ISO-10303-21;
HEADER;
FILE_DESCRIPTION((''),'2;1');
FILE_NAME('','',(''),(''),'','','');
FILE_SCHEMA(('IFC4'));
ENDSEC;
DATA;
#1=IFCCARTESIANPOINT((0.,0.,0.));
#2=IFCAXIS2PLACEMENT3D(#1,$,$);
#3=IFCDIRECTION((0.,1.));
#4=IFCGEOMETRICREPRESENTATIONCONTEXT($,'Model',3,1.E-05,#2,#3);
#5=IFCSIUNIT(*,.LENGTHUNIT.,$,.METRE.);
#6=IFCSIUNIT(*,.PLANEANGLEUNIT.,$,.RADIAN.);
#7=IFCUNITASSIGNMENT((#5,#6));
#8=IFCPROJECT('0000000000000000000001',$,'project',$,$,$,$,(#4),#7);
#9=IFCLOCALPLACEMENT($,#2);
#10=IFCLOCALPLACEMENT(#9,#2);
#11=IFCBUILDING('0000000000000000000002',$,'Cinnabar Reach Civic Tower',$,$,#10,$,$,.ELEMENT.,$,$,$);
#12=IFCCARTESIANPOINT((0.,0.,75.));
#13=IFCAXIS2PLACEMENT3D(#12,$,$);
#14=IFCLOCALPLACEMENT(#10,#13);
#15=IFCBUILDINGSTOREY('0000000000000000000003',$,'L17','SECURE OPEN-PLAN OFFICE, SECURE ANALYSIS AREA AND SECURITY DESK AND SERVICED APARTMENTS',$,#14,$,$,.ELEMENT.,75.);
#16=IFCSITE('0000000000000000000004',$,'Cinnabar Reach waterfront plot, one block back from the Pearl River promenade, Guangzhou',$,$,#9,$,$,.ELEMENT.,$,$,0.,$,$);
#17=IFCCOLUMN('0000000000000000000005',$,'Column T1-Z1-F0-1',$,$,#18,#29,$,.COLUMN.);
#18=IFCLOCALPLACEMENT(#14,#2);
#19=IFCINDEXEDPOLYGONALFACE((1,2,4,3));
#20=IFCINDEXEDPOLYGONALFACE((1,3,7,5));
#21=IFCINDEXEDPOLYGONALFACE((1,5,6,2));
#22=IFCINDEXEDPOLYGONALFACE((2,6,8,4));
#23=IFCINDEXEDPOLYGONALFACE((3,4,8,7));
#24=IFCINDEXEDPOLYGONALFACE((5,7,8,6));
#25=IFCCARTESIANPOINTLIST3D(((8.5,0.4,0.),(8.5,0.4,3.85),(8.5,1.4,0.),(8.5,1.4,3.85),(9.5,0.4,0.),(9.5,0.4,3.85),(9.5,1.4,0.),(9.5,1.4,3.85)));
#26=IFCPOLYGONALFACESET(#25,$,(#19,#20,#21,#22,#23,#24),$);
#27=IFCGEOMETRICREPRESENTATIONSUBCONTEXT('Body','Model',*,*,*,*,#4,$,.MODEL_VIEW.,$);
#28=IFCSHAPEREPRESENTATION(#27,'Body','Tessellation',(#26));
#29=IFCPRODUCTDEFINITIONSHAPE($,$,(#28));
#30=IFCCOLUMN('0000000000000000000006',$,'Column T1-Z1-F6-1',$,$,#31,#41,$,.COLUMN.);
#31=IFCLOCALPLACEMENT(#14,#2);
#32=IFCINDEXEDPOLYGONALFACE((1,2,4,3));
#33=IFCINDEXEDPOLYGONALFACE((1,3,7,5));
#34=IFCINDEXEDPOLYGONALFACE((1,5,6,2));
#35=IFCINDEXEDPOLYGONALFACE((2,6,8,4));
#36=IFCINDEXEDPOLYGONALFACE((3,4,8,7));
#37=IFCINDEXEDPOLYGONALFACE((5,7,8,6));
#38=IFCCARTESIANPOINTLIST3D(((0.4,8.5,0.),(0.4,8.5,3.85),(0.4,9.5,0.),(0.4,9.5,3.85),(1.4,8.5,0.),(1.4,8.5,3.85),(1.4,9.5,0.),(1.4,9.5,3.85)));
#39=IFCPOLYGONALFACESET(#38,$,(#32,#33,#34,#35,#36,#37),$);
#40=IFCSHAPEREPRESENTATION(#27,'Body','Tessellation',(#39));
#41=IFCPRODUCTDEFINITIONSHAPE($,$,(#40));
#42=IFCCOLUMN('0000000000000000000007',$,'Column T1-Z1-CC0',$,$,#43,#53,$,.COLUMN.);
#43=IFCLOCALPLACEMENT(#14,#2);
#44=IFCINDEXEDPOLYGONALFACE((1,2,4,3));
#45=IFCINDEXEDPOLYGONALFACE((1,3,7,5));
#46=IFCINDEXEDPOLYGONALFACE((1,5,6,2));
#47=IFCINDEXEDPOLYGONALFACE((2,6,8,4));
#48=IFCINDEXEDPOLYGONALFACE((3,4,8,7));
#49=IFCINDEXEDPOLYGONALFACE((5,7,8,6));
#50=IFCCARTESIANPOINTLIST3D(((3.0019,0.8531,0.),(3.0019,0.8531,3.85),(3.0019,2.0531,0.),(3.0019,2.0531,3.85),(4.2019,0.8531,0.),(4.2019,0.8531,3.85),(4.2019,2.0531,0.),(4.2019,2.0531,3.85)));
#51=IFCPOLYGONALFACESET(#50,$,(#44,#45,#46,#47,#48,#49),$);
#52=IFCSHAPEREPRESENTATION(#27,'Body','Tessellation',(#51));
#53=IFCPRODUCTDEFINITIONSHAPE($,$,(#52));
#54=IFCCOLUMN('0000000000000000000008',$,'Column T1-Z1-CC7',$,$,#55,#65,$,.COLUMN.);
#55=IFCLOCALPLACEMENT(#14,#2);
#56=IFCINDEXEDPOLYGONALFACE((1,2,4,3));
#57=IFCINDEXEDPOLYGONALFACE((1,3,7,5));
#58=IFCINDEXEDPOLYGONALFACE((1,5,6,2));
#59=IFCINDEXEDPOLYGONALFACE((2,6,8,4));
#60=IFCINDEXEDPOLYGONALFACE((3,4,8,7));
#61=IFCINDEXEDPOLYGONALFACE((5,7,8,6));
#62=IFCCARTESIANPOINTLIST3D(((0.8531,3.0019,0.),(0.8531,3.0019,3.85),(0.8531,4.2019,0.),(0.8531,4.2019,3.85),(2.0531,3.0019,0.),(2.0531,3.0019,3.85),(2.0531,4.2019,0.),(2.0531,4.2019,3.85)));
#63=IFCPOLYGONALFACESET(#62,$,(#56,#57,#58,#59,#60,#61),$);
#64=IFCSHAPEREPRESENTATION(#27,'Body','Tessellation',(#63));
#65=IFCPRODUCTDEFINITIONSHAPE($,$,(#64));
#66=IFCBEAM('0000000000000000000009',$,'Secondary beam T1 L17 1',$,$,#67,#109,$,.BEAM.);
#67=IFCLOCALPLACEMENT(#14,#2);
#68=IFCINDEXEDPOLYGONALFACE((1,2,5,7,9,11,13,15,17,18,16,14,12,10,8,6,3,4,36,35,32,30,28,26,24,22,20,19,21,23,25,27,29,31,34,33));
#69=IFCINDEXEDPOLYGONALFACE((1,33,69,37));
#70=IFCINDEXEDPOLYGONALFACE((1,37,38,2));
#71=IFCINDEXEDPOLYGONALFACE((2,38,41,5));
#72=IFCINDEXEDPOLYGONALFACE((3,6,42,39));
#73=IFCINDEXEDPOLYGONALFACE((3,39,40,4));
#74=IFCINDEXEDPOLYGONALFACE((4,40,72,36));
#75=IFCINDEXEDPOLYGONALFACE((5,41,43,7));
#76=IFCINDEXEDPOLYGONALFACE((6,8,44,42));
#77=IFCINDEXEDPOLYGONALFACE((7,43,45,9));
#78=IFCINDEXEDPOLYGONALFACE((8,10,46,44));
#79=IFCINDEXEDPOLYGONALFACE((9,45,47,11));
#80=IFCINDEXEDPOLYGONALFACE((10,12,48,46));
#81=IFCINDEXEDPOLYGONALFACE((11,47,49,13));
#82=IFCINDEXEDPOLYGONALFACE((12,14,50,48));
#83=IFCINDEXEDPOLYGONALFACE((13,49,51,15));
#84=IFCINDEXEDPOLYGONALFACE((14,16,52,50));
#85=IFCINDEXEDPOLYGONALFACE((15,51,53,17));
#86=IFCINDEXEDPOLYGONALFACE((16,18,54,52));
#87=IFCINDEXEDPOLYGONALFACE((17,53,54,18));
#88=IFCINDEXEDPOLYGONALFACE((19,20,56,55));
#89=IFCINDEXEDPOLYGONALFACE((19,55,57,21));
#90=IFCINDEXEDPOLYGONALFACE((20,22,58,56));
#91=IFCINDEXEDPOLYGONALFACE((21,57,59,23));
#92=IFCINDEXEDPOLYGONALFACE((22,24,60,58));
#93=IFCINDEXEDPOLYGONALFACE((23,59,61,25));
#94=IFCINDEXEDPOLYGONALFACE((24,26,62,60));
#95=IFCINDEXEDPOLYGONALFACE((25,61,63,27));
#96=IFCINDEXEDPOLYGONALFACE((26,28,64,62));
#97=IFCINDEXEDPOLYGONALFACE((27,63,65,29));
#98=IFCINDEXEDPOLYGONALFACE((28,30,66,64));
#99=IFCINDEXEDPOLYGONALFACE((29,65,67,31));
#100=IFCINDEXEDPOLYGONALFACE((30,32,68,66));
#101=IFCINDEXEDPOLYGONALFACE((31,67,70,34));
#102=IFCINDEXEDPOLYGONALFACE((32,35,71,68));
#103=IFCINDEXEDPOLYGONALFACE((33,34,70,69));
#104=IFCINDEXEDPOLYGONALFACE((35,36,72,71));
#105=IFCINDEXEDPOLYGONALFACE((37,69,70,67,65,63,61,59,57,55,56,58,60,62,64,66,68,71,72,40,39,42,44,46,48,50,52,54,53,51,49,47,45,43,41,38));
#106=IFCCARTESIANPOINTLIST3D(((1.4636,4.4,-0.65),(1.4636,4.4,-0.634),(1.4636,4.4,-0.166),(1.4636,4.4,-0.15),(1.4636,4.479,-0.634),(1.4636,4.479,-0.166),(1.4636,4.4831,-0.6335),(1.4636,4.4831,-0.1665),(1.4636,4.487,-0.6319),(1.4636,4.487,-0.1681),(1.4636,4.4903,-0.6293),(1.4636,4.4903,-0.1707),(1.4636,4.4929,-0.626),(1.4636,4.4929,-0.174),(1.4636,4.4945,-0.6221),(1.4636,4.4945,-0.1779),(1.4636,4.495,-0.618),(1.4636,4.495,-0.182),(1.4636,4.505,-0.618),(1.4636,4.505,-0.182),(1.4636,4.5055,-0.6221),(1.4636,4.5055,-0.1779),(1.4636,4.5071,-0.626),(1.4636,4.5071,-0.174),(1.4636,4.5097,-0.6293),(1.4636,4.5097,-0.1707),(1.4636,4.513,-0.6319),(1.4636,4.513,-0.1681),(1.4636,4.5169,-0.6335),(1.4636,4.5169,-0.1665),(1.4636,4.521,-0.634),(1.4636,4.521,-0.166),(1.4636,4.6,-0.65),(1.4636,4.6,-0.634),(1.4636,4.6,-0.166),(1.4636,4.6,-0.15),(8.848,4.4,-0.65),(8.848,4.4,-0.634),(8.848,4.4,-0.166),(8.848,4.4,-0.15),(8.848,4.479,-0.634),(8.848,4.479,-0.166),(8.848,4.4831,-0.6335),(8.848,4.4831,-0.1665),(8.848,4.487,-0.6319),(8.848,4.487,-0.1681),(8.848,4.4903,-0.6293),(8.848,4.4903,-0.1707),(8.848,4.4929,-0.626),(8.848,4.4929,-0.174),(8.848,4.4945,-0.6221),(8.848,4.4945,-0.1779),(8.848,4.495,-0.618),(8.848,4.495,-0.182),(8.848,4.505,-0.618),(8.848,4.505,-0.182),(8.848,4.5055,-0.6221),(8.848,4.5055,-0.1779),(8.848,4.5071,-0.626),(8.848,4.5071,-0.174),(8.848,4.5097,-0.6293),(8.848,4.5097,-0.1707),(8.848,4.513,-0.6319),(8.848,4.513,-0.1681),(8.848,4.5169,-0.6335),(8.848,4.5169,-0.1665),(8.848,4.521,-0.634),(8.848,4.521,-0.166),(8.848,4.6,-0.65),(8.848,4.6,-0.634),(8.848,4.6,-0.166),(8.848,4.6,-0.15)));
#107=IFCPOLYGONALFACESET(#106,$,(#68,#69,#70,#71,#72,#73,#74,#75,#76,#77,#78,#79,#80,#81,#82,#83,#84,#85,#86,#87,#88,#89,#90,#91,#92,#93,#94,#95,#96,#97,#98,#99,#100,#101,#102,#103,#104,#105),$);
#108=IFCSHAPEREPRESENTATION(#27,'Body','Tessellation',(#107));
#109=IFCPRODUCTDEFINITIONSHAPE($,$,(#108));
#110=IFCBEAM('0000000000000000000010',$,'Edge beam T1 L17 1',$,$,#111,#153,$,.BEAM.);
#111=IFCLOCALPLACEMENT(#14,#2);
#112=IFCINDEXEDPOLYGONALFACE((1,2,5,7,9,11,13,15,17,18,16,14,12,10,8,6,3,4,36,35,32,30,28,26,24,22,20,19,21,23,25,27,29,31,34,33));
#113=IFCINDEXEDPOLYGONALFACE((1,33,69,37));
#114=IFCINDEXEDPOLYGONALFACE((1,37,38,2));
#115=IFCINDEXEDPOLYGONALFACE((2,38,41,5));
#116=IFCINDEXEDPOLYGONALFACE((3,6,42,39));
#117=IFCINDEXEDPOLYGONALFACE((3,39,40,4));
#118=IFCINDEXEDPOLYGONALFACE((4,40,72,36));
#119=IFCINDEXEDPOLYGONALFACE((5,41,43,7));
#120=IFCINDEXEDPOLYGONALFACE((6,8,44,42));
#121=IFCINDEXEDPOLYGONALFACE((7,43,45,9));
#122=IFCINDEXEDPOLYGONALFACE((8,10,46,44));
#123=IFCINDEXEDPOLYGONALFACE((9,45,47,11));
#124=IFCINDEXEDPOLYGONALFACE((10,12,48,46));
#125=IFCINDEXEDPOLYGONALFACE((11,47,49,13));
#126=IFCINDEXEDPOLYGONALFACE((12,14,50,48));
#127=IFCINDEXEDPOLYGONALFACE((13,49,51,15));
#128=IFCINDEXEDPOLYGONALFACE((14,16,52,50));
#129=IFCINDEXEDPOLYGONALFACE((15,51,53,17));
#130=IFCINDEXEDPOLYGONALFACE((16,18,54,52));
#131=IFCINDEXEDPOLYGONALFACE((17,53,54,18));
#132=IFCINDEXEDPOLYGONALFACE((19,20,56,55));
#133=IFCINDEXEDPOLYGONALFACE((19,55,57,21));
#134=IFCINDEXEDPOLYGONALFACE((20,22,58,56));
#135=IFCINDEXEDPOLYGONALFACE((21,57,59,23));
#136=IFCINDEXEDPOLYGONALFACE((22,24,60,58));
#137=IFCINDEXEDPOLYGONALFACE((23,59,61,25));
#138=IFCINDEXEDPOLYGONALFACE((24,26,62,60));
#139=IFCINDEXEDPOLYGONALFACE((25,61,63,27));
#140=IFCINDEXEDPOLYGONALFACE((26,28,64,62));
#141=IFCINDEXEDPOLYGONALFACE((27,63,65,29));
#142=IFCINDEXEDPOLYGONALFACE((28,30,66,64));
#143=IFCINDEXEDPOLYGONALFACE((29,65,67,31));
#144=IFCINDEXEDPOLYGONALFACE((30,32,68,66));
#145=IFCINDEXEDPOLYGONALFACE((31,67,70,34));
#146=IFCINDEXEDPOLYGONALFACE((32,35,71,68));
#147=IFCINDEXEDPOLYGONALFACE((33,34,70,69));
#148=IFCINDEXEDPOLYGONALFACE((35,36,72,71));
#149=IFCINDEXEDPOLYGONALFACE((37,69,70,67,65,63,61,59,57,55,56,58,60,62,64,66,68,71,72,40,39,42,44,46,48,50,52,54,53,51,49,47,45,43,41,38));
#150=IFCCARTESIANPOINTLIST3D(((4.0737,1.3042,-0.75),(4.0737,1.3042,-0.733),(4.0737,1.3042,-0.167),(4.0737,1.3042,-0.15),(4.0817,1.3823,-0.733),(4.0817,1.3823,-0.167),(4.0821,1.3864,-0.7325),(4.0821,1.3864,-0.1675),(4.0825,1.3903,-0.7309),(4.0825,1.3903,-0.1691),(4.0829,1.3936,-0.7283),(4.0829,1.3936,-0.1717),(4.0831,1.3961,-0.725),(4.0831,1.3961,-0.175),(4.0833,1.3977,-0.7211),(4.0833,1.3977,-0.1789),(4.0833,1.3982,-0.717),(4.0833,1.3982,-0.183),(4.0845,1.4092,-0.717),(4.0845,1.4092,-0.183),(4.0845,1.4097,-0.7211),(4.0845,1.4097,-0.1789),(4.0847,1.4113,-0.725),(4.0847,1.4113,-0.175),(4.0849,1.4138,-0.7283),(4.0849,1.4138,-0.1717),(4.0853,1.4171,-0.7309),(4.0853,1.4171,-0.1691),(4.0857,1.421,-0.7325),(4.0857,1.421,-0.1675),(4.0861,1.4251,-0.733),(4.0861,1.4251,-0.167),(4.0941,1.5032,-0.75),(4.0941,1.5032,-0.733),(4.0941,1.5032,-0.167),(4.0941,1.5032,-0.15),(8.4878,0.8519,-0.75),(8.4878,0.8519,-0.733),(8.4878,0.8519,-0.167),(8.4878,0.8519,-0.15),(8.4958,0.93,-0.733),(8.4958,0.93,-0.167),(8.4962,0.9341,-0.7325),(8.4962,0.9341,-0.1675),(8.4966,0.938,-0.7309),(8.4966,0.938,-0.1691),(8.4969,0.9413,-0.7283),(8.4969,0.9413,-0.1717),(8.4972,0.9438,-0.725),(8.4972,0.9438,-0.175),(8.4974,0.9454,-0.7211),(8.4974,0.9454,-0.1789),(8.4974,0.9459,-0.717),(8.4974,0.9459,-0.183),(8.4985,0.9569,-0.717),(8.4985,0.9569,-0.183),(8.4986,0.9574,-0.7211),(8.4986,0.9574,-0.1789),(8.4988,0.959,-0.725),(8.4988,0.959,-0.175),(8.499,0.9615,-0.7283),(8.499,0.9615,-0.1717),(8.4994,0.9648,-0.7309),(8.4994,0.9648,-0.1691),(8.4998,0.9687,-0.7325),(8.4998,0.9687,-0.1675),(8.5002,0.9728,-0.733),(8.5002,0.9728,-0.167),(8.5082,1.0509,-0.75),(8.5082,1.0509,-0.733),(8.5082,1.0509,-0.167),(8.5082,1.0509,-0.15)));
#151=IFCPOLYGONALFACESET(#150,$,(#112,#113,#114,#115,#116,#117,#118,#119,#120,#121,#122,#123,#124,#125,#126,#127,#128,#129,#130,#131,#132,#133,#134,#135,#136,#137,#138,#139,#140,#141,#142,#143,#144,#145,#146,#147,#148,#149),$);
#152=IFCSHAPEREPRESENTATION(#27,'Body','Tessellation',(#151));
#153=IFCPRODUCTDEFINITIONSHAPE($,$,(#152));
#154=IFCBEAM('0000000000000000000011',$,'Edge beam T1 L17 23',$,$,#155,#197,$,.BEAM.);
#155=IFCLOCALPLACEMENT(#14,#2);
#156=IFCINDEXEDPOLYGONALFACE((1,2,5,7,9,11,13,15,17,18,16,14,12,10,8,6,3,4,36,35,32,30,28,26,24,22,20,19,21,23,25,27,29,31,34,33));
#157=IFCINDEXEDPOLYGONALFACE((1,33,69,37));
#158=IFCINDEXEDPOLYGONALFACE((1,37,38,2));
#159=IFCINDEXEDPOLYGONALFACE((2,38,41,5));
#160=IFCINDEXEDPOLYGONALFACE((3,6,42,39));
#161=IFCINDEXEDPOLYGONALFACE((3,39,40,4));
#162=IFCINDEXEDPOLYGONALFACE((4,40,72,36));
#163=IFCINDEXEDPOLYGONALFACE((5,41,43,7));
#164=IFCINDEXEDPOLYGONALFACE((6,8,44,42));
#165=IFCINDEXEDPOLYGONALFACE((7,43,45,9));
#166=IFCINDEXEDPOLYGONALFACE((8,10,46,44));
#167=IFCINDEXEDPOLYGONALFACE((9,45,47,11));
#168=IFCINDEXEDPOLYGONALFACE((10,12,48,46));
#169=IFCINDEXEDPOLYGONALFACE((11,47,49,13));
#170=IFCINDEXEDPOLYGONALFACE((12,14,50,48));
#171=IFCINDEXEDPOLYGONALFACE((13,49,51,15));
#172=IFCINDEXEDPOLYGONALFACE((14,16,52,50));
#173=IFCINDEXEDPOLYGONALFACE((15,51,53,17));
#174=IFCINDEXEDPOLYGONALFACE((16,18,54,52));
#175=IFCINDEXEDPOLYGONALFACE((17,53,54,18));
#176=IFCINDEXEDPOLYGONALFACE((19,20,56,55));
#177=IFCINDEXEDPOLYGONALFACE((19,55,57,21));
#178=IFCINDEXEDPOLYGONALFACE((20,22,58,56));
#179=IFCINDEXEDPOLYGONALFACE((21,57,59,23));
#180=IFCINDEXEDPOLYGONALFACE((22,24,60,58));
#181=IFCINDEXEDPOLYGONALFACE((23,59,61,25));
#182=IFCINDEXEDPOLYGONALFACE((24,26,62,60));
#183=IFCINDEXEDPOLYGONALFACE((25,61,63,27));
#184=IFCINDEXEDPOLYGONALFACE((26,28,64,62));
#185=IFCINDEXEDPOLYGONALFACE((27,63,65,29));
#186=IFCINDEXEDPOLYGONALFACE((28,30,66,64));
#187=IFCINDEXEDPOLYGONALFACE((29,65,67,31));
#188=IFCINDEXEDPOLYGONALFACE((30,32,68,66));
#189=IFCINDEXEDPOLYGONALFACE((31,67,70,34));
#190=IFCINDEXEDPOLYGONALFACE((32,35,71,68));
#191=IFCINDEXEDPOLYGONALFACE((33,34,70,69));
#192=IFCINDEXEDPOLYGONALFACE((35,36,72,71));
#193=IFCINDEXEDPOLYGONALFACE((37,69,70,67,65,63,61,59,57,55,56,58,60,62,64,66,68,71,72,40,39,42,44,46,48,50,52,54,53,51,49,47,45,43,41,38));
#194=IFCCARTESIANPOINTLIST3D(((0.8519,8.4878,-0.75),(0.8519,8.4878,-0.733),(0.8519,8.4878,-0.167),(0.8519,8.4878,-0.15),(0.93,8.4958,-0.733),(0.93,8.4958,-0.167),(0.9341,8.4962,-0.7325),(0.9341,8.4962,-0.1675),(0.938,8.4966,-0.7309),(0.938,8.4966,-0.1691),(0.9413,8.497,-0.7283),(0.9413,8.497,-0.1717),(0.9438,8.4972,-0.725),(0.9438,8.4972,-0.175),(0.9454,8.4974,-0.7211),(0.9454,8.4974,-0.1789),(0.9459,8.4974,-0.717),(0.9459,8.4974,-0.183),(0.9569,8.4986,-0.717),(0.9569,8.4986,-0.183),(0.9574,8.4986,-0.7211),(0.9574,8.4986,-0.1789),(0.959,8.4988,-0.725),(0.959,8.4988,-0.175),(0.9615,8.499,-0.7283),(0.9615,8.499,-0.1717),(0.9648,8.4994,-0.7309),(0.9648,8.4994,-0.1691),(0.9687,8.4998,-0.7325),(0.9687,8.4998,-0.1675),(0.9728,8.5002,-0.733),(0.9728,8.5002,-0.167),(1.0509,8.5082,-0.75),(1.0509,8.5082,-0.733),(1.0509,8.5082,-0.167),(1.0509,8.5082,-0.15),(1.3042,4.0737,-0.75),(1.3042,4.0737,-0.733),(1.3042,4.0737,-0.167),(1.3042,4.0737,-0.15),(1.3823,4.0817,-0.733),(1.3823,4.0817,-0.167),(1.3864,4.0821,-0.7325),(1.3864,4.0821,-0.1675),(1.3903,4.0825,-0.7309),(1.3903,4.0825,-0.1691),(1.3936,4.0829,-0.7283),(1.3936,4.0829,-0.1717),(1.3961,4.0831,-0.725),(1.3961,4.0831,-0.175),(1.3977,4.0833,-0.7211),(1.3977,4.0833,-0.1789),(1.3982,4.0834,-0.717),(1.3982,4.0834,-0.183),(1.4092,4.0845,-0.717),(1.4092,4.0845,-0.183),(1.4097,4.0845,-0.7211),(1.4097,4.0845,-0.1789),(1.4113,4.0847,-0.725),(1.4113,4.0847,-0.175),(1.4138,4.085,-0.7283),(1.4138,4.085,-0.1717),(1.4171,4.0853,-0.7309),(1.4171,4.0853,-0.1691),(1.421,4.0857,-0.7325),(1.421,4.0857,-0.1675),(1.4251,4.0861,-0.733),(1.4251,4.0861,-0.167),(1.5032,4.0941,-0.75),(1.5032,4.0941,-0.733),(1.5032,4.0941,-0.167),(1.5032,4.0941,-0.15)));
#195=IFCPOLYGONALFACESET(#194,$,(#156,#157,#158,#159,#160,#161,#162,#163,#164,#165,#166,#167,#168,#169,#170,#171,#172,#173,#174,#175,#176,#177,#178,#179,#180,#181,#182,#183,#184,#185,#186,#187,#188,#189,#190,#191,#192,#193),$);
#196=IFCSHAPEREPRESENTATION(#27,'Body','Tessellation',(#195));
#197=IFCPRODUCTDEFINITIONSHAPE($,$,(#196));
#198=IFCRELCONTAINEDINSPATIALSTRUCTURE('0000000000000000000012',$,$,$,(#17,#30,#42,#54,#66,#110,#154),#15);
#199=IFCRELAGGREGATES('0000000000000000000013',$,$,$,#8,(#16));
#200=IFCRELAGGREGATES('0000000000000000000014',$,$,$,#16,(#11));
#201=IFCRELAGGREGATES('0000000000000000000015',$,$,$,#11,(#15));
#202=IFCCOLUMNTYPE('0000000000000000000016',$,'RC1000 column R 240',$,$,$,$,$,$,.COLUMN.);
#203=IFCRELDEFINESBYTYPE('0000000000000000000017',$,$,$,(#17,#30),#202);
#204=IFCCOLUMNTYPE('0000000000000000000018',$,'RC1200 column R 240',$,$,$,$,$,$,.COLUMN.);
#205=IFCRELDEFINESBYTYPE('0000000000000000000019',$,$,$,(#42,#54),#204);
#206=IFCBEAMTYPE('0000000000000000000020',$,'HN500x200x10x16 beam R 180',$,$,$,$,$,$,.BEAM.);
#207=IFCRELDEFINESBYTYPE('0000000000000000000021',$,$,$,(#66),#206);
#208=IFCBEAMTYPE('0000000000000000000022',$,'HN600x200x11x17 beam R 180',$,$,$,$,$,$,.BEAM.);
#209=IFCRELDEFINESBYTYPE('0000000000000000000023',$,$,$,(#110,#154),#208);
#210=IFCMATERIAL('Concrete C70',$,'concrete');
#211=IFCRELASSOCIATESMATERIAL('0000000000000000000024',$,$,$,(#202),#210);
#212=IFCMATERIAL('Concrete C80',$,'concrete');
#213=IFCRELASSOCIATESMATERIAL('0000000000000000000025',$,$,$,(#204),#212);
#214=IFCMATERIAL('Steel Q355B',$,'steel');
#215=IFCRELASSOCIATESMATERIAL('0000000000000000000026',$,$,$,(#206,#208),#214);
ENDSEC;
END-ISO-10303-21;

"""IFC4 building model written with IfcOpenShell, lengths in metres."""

from ifc_helpers import new_model, si_unit, direction, frame, origin, origin_2d, place, context, subcontext, project, spatial, rectangle, i_section, extrude, material, material_profile, profile_set, type_object, element, save


model = new_model("IFC4")

# Units and contexts
model_context = context("Model", 3, precision=1e-05, world=origin(), true_north=direction((0.0, 1.0)))
body_context = subcontext(model_context, "Body", "Model", "MODEL_VIEW")
ifc_project = project(units=[si_unit("LENGTHUNIT", "METRE"), si_unit("PLANEANGLEUNIT", "RADIAN")], contexts=[model_context])

# Site, building, storey
site_placement = place(None, origin())
site = spatial("IfcSite", under=ifc_project, at=site_placement, Name="Cinnabar Reach waterfront plot, one block back from the Pearl River promenade, Guangzhou", CompositionType="ELEMENT", RefElevation=0.0)
building_placement = place(site_placement, origin())
building = spatial("IfcBuilding", under=site, at=building_placement, Name="Cinnabar Reach Civic Tower", CompositionType="ELEMENT")
storey_placement = place(building_placement, frame((0.0, 0.0, 75.0)))
storey = spatial("IfcBuildingStorey", under=building, at=storey_placement, Name="L17", Description="SECURE OPEN-PLAN OFFICE, SECURE ANALYSIS AREA AND SECURITY DESK AND SERVICED APARTMENTS", CompositionType="ELEMENT", Elevation=75.0)

# Columns
ifc_material_1 = material(Name="Concrete C70", Category="concrete")
ifc_material_profile_1 = material_profile(ifc_material_1, rectangle(XDim=1.0, YDim=1.0, at=origin_2d()), Name="RC1000")
ifc_profile_set_1 = profile_set([ifc_material_profile_1], Name="Concrete C70")
column_type_1 = type_object("IfcColumnType", Name="RC1000 column R 240", PredefinedType="COLUMN", material=ifc_profile_set_1)
for number, where, z_axis, x_axis, name in (
    (1, (9.0, 0.9, 0.0), (0.0, 0.0, 1.0), (1.0, 0.0, 0.0), "Column T1-Z1-F0-1"),
    (2, (0.9, 9.0, 0.0), (0.0, 0.0, 1.0), (1.0, 0.0, 0.0), "Column T1-Z1-F6-1"),
):
    element("IfcColumn", number, at=place(storey_placement, frame(where, z_axis=z_axis, x_axis=x_axis)), inside=storey, type_object=column_type_1, Name=name, PredefinedType="COLUMN", context=body_context, shape_type="SweptSolid", body=[
        extrude(rectangle(XDim=1.0, YDim=1.0, at=origin_2d()), origin(), (0.0, 0.0, 1.0), 3.85),
    ])
ifc_material_2 = material(Name="Concrete C80", Category="concrete")
ifc_material_profile_2 = material_profile(ifc_material_2, rectangle(XDim=1.2, YDim=1.2, at=origin_2d()), Name="RC1200")
ifc_profile_set_2 = profile_set([ifc_material_profile_2], Name="Concrete C80")
column_type_2 = type_object("IfcColumnType", Name="RC1200 column R 240", PredefinedType="COLUMN", material=ifc_profile_set_2)
for number, where, z_axis, x_axis, name in (
    (3, (3.6019, 1.4531, 0.0), (0.0, 0.0, 1.0), (1.0, 0.0, 0.0), "Column T1-Z1-CC0"),
    (4, (1.4531, 3.6019, 0.0), (0.0, 0.0, 1.0), (1.0, 0.0, 0.0), "Column T1-Z1-CC7"),
):
    element("IfcColumn", number, at=place(storey_placement, frame(where, z_axis=z_axis, x_axis=x_axis)), inside=storey, type_object=column_type_2, Name=name, PredefinedType="COLUMN", context=body_context, shape_type="SweptSolid", body=[
        extrude(rectangle(XDim=1.2, YDim=1.2, at=origin_2d()), origin(), (0.0, 0.0, 1.0), 3.85),
    ])

# Beams
ifc_material_3 = material(Name="Steel Q355B", Category="steel")
ifc_material_profile_3 = material_profile(ifc_material_3, i_section(OverallWidth=0.2, OverallDepth=0.5, WebThickness=0.01, FlangeThickness=0.016, FilletRadius=0.016, at=origin_2d()), Name="HN500x200x10x16")
ifc_profile_set_3 = profile_set([ifc_material_profile_3], Name="Steel Q355B")
beam_type_1 = type_object("IfcBeamType", Name="HN500x200x10x16 beam R 180", PredefinedType="BEAM", material=ifc_profile_set_3)
beam_1_placement = place(storey_placement, frame((1.4636, 4.5, -0.4), z_axis=(1.0, 0.0, 0.0), x_axis=(0.0, 1.0, 0.0)))
element("IfcBeam", 5, at=beam_1_placement, inside=storey, type_object=beam_type_1, Name="Secondary beam T1 L17 1", PredefinedType="BEAM", context=body_context, shape_type="SweptSolid", body=[
    extrude(i_section(OverallWidth=0.2, OverallDepth=0.5, WebThickness=0.01, FlangeThickness=0.016, FilletRadius=0.016, at=origin_2d()), origin(), (0.0, 0.0, 1.0), 7.3844),
])
ifc_material_profile_4 = material_profile(ifc_material_3, i_section(OverallWidth=0.2, OverallDepth=0.6, WebThickness=0.011, FlangeThickness=0.017, FilletRadius=0.016, at=origin_2d()), Name="HN600x200x11x17")
ifc_profile_set_4 = profile_set([ifc_material_profile_4], Name="Steel Q355B")
beam_type_2 = type_object("IfcBeamType", Name="HN600x200x11x17 beam R 180", PredefinedType="BEAM", material=ifc_profile_set_4)
for number, where, z_axis, x_axis, name in (
    (6, (4.0839, 1.4037, -0.45), (0.994791, -0.101933, 0.0), (0.101933, 0.994791, 0.0), "Edge beam T1 L17 1"),
    (7, (0.9514, 8.498, -0.45), (0.101933, -0.994791, 0.0), (0.994791, 0.101933, 0.0), "Edge beam T1 L17 23"),
):
    element("IfcBeam", number, at=place(storey_placement, frame(where, z_axis=z_axis, x_axis=x_axis)), inside=storey, type_object=beam_type_2, Name=name, PredefinedType="BEAM", context=body_context, shape_type="SweptSolid", body=[
        extrude(i_section(OverallWidth=0.2, OverallDepth=0.6, WebThickness=0.011, FlangeThickness=0.017, FilletRadius=0.016, at=origin_2d()), origin(), (0.0, 0.0, 1.0), 4.4372),
    ])

save(model, "model.ifc")
